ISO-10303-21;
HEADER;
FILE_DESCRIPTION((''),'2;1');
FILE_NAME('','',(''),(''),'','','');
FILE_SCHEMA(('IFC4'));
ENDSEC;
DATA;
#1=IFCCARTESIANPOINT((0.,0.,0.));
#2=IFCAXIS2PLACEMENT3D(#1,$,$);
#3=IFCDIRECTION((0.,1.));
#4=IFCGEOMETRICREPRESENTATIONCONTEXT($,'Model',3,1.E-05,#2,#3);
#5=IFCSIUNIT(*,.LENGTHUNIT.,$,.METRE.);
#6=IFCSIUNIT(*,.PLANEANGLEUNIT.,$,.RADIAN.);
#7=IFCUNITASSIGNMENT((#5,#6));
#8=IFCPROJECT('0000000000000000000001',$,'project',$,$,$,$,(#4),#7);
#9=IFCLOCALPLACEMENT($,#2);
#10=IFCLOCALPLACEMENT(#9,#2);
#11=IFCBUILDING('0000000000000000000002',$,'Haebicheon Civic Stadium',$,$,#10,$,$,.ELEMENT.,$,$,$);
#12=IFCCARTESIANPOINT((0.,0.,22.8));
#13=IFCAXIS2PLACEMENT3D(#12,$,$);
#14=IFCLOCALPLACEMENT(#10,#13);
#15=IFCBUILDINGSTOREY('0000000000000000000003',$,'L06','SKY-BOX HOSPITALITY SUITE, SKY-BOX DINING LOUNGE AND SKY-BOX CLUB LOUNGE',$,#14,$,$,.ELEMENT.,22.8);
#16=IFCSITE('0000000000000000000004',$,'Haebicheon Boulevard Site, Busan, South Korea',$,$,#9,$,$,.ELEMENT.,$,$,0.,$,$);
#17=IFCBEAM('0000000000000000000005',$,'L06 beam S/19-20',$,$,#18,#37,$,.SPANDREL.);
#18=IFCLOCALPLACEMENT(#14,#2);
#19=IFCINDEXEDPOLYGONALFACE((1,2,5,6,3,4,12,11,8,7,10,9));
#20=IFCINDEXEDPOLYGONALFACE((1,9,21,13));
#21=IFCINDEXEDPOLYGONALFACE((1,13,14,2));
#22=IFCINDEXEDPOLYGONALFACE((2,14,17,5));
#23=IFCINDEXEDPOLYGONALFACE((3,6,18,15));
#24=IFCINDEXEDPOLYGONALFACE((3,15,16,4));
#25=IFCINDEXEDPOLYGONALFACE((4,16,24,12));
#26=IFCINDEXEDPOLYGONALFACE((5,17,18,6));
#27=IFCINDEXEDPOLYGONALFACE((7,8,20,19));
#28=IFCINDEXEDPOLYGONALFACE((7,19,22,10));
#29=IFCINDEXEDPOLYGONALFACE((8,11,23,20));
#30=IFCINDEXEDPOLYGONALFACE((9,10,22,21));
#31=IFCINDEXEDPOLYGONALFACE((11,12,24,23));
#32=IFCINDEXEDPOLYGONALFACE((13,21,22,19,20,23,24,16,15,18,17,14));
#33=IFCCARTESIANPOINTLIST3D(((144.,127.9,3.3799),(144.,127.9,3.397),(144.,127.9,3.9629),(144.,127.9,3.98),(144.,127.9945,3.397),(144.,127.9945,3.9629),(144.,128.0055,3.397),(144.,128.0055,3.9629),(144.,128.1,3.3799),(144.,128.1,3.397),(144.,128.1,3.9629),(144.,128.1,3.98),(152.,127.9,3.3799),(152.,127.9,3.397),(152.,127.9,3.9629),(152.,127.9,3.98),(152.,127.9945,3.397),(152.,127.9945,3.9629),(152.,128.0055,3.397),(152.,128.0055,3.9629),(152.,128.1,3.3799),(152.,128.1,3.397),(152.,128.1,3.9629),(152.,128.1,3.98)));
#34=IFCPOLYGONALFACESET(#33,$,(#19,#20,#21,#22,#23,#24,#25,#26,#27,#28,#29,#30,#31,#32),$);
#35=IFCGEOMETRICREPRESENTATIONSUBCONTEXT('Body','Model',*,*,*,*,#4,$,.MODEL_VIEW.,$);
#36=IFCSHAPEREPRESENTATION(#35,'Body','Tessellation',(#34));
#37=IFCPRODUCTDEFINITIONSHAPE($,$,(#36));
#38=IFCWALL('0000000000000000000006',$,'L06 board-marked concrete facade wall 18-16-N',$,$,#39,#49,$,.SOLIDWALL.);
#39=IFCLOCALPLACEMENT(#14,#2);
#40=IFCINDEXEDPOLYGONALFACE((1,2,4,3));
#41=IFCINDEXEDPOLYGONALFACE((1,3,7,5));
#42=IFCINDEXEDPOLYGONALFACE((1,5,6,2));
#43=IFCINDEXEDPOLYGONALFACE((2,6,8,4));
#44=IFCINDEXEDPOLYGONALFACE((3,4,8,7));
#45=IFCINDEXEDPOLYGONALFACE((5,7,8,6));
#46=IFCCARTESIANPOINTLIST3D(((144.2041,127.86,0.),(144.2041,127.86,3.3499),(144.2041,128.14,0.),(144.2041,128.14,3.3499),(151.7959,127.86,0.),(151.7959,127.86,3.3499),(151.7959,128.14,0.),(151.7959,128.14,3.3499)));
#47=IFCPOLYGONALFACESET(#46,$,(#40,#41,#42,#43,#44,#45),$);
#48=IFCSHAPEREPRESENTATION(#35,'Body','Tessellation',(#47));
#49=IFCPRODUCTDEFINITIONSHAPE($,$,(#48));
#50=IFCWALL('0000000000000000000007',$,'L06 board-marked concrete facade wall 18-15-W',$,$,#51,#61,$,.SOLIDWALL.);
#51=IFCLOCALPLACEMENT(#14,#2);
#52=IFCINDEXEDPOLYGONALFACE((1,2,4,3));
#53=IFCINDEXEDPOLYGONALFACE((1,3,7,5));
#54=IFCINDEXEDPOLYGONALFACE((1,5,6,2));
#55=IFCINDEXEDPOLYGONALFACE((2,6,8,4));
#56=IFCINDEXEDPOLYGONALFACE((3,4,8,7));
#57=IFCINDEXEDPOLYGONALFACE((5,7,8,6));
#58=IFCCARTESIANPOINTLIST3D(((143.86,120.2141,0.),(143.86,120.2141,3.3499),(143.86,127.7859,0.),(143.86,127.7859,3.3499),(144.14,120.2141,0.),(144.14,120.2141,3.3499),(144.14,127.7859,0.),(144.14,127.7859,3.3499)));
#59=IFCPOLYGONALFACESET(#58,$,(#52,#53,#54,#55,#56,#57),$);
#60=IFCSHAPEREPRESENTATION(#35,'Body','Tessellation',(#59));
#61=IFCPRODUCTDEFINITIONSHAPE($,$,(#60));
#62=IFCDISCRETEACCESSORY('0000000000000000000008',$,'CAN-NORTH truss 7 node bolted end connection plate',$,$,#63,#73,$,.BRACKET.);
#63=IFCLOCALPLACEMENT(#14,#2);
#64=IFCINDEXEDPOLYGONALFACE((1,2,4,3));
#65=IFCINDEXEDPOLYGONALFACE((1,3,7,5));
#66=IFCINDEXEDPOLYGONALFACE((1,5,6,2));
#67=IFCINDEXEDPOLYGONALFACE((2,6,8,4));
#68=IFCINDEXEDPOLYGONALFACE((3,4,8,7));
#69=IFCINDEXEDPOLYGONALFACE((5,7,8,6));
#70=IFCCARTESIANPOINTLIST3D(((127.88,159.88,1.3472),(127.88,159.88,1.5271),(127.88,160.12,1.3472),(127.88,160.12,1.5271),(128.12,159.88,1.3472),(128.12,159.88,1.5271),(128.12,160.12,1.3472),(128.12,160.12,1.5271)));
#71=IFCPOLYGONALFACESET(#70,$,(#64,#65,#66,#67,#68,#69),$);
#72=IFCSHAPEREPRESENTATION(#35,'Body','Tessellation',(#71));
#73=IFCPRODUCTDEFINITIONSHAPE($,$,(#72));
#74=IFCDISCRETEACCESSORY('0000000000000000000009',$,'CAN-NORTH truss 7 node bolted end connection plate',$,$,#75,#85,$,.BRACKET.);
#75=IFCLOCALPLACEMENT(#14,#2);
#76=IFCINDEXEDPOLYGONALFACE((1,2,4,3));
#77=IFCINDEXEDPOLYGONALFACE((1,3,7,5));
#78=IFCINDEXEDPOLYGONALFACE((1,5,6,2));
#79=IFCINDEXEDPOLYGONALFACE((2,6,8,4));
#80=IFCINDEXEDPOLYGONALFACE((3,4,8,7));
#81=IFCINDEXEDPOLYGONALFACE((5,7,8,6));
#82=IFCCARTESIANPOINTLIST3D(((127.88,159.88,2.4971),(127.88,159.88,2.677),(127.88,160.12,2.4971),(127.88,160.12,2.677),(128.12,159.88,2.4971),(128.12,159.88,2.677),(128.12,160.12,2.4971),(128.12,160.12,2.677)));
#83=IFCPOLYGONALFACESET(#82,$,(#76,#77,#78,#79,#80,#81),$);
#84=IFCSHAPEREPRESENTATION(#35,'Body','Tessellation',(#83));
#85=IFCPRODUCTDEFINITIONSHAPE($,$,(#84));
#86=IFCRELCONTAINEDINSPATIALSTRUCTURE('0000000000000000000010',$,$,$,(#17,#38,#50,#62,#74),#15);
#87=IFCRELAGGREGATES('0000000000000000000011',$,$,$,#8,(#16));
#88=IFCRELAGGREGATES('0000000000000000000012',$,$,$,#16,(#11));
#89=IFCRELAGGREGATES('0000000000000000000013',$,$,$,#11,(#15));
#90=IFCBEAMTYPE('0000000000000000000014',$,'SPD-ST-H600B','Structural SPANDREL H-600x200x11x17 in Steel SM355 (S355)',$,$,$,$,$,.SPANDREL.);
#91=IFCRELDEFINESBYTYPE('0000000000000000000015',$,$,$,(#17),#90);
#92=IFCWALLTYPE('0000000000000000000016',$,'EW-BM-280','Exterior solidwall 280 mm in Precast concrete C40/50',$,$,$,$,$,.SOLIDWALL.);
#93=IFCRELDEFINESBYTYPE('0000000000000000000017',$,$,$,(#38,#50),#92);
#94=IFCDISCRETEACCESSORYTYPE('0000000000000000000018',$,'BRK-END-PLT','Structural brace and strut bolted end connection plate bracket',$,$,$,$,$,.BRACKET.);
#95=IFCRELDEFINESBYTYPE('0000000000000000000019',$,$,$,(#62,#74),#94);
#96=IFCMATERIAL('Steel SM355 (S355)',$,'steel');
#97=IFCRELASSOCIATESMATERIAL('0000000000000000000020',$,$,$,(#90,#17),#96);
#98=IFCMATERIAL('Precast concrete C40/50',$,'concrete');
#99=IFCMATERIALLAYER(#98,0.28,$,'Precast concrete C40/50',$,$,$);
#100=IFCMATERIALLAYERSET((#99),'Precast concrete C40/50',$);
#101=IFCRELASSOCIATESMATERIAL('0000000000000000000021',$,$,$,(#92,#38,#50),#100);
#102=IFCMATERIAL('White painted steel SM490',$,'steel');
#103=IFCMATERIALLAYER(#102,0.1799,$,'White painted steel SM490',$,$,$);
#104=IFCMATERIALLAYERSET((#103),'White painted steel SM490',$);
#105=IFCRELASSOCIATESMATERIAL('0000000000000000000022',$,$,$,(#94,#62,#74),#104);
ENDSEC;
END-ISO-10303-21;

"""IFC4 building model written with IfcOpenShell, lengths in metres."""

from ifc_helpers import new_model, si_unit, direction, frame, frame_2d, origin, origin_2d, place, context, subcontext, project, spatial, rectangle, i_section, extrude, material, layer, layer_set, material_profile, profile_set, type_object, element, save


model = new_model("IFC4")

# Units and contexts
model_context = context("Model", 3, precision=1e-05, world=origin(), true_north=direction((0.0, 1.0)))
body_context = subcontext(model_context, "Body", "Model", "MODEL_VIEW")
ifc_project = project(units=[si_unit("LENGTHUNIT", "METRE"), si_unit("PLANEANGLEUNIT", "RADIAN")], contexts=[model_context])

# Site, building, storey
site_placement = place(None, origin())
site = spatial("IfcSite", under=ifc_project, at=site_placement, Name="Haebicheon Boulevard Site, Busan, South Korea", CompositionType="ELEMENT", RefElevation=0.0)
building_placement = place(site_placement, origin())
building = spatial("IfcBuilding", under=site, at=building_placement, Name="Haebicheon Civic Stadium", CompositionType="ELEMENT")
storey_placement = place(building_placement, frame((0.0, 0.0, 22.8)))
storey = spatial("IfcBuildingStorey", under=building, at=storey_placement, Name="L06", Description="SKY-BOX HOSPITALITY SUITE, SKY-BOX DINING LOUNGE AND SKY-BOX CLUB LOUNGE", CompositionType="ELEMENT", Elevation=22.8)

# Beam
ifc_material_1 = material(Name="Steel SM355 (S355)", Category="steel")
ifc_material_profile_1 = material_profile(ifc_material_1, i_section(OverallWidth=0.2, OverallDepth=0.6001, WebThickness=0.011, FlangeThickness=0.0171, at=origin_2d()), Name="H-600x200x11x17")
ifc_profile_set_1 = profile_set([ifc_material_profile_1], Name="Steel SM355 (S355)")
beam_type_1 = type_object("IfcBeamType", Name="SPD-ST-H600B", Description="Structural SPANDREL H-600x200x11x17 in Steel SM355 (S355)", PredefinedType="SPANDREL", material=ifc_profile_set_1)
for number, where, z_axis, x_axis, name in (
    (1, (144.0, 128.0, 3.6799), (1.0, 0.0, 0.0), (0.0, 1.0, 0.0), "L06 beam S/19-20"),
):
    element("IfcBeam", number, at=place(storey_placement, frame(where, z_axis=z_axis, x_axis=x_axis)), inside=storey, type_object=beam_type_1, material=ifc_profile_set_1, Name=name, PredefinedType="SPANDREL", context=body_context, shape_type="SweptSolid", body=[
        extrude(i_section(OverallWidth=0.2, OverallDepth=0.6001, WebThickness=0.011, FlangeThickness=0.0171, at=origin_2d()), origin(), (0.0, 0.0, 1.0), 8.0),
    ])

# Walls
ifc_material_2 = material(Name="Precast concrete C40/50", Category="concrete")
ifc_layer_1 = layer(ifc_material_2, 0.28, Name="Precast concrete C40/50")
ifc_layer_set_1 = layer_set([ifc_layer_1], Name="Precast concrete C40/50")
wall_type = type_object("IfcWallType", Name="EW-BM-280", Description="Exterior solidwall 280 mm in Precast concrete C40/50", PredefinedType="SOLIDWALL", material=ifc_layer_set_1)
wall_1_placement = place(storey_placement, frame((144.2041, 128.0, 0.0), z_axis=(0.0, 0.0, 1.0), x_axis=(1.0, 0.0, 0.0)))
element("IfcWall", 2, at=wall_1_placement, inside=storey, type_object=wall_type, material=ifc_layer_set_1, Name="L06 board-marked concrete facade wall 18-16-N", PredefinedType="SOLIDWALL", context=body_context, shape_type="SweptSolid", body=[
    extrude(rectangle(XDim=7.5918, YDim=0.28, at=frame_2d((3.7959, 0.0))), origin(), (0.0, 0.0, 1.0), 3.3499),
])
wall_2_placement = place(storey_placement, frame((144.0, 120.2141, 0.0), z_axis=(0.0, 0.0, 1.0), x_axis=(0.0, 1.0, 0.0)))
element("IfcWall", 3, at=wall_2_placement, inside=storey, type_object=wall_type, material=ifc_layer_set_1, Name="L06 board-marked concrete facade wall 18-15-W", PredefinedType="SOLIDWALL", context=body_context, shape_type="SweptSolid", body=[
    extrude(rectangle(XDim=7.5718, YDim=0.28, at=frame_2d((3.7859, 0.0))), origin(), (0.0, 0.0, 1.0), 3.3499),
])

# Discrete accessories
ifc_material_3 = material(Name="White painted steel SM490", Category="steel")
ifc_layer_2 = layer(ifc_material_3, 0.1799, Name="White painted steel SM490")
ifc_layer_set_2 = layer_set([ifc_layer_2], Name="White painted steel SM490")
discrete_accessory_type = type_object("IfcDiscreteAccessoryType", Name="BRK-END-PLT", Description="Structural brace and strut bolted end connection plate bracket", PredefinedType="BRACKET", material=ifc_layer_set_2)
for number, where, z_axis, x_axis, name in (
    (4, (128.0, 160.0, 1.3472), (0.0, 0.0, 1.0), (1.0, 0.0, 0.0), "CAN-NORTH truss 7 node bolted end connection plate"),
    (5, (128.0, 160.0, 2.4971), (0.0, 0.0, 1.0), (1.0, 0.0, 0.0), "CAN-NORTH truss 7 node bolted end connection plate"),
):
    element("IfcDiscreteAccessory", number, at=place(storey_placement, frame(where, z_axis=z_axis, x_axis=x_axis)), inside=storey, type_object=discrete_accessory_type, material=ifc_layer_set_2, Name=name, PredefinedType="BRACKET", context=body_context, shape_type="SweptSolid", body=[
        extrude(rectangle(XDim=0.24, YDim=0.24, at=origin_2d()), origin(), (0.0, 0.0, 1.0), 0.1799),
    ])

save(model, "model.ifc")
